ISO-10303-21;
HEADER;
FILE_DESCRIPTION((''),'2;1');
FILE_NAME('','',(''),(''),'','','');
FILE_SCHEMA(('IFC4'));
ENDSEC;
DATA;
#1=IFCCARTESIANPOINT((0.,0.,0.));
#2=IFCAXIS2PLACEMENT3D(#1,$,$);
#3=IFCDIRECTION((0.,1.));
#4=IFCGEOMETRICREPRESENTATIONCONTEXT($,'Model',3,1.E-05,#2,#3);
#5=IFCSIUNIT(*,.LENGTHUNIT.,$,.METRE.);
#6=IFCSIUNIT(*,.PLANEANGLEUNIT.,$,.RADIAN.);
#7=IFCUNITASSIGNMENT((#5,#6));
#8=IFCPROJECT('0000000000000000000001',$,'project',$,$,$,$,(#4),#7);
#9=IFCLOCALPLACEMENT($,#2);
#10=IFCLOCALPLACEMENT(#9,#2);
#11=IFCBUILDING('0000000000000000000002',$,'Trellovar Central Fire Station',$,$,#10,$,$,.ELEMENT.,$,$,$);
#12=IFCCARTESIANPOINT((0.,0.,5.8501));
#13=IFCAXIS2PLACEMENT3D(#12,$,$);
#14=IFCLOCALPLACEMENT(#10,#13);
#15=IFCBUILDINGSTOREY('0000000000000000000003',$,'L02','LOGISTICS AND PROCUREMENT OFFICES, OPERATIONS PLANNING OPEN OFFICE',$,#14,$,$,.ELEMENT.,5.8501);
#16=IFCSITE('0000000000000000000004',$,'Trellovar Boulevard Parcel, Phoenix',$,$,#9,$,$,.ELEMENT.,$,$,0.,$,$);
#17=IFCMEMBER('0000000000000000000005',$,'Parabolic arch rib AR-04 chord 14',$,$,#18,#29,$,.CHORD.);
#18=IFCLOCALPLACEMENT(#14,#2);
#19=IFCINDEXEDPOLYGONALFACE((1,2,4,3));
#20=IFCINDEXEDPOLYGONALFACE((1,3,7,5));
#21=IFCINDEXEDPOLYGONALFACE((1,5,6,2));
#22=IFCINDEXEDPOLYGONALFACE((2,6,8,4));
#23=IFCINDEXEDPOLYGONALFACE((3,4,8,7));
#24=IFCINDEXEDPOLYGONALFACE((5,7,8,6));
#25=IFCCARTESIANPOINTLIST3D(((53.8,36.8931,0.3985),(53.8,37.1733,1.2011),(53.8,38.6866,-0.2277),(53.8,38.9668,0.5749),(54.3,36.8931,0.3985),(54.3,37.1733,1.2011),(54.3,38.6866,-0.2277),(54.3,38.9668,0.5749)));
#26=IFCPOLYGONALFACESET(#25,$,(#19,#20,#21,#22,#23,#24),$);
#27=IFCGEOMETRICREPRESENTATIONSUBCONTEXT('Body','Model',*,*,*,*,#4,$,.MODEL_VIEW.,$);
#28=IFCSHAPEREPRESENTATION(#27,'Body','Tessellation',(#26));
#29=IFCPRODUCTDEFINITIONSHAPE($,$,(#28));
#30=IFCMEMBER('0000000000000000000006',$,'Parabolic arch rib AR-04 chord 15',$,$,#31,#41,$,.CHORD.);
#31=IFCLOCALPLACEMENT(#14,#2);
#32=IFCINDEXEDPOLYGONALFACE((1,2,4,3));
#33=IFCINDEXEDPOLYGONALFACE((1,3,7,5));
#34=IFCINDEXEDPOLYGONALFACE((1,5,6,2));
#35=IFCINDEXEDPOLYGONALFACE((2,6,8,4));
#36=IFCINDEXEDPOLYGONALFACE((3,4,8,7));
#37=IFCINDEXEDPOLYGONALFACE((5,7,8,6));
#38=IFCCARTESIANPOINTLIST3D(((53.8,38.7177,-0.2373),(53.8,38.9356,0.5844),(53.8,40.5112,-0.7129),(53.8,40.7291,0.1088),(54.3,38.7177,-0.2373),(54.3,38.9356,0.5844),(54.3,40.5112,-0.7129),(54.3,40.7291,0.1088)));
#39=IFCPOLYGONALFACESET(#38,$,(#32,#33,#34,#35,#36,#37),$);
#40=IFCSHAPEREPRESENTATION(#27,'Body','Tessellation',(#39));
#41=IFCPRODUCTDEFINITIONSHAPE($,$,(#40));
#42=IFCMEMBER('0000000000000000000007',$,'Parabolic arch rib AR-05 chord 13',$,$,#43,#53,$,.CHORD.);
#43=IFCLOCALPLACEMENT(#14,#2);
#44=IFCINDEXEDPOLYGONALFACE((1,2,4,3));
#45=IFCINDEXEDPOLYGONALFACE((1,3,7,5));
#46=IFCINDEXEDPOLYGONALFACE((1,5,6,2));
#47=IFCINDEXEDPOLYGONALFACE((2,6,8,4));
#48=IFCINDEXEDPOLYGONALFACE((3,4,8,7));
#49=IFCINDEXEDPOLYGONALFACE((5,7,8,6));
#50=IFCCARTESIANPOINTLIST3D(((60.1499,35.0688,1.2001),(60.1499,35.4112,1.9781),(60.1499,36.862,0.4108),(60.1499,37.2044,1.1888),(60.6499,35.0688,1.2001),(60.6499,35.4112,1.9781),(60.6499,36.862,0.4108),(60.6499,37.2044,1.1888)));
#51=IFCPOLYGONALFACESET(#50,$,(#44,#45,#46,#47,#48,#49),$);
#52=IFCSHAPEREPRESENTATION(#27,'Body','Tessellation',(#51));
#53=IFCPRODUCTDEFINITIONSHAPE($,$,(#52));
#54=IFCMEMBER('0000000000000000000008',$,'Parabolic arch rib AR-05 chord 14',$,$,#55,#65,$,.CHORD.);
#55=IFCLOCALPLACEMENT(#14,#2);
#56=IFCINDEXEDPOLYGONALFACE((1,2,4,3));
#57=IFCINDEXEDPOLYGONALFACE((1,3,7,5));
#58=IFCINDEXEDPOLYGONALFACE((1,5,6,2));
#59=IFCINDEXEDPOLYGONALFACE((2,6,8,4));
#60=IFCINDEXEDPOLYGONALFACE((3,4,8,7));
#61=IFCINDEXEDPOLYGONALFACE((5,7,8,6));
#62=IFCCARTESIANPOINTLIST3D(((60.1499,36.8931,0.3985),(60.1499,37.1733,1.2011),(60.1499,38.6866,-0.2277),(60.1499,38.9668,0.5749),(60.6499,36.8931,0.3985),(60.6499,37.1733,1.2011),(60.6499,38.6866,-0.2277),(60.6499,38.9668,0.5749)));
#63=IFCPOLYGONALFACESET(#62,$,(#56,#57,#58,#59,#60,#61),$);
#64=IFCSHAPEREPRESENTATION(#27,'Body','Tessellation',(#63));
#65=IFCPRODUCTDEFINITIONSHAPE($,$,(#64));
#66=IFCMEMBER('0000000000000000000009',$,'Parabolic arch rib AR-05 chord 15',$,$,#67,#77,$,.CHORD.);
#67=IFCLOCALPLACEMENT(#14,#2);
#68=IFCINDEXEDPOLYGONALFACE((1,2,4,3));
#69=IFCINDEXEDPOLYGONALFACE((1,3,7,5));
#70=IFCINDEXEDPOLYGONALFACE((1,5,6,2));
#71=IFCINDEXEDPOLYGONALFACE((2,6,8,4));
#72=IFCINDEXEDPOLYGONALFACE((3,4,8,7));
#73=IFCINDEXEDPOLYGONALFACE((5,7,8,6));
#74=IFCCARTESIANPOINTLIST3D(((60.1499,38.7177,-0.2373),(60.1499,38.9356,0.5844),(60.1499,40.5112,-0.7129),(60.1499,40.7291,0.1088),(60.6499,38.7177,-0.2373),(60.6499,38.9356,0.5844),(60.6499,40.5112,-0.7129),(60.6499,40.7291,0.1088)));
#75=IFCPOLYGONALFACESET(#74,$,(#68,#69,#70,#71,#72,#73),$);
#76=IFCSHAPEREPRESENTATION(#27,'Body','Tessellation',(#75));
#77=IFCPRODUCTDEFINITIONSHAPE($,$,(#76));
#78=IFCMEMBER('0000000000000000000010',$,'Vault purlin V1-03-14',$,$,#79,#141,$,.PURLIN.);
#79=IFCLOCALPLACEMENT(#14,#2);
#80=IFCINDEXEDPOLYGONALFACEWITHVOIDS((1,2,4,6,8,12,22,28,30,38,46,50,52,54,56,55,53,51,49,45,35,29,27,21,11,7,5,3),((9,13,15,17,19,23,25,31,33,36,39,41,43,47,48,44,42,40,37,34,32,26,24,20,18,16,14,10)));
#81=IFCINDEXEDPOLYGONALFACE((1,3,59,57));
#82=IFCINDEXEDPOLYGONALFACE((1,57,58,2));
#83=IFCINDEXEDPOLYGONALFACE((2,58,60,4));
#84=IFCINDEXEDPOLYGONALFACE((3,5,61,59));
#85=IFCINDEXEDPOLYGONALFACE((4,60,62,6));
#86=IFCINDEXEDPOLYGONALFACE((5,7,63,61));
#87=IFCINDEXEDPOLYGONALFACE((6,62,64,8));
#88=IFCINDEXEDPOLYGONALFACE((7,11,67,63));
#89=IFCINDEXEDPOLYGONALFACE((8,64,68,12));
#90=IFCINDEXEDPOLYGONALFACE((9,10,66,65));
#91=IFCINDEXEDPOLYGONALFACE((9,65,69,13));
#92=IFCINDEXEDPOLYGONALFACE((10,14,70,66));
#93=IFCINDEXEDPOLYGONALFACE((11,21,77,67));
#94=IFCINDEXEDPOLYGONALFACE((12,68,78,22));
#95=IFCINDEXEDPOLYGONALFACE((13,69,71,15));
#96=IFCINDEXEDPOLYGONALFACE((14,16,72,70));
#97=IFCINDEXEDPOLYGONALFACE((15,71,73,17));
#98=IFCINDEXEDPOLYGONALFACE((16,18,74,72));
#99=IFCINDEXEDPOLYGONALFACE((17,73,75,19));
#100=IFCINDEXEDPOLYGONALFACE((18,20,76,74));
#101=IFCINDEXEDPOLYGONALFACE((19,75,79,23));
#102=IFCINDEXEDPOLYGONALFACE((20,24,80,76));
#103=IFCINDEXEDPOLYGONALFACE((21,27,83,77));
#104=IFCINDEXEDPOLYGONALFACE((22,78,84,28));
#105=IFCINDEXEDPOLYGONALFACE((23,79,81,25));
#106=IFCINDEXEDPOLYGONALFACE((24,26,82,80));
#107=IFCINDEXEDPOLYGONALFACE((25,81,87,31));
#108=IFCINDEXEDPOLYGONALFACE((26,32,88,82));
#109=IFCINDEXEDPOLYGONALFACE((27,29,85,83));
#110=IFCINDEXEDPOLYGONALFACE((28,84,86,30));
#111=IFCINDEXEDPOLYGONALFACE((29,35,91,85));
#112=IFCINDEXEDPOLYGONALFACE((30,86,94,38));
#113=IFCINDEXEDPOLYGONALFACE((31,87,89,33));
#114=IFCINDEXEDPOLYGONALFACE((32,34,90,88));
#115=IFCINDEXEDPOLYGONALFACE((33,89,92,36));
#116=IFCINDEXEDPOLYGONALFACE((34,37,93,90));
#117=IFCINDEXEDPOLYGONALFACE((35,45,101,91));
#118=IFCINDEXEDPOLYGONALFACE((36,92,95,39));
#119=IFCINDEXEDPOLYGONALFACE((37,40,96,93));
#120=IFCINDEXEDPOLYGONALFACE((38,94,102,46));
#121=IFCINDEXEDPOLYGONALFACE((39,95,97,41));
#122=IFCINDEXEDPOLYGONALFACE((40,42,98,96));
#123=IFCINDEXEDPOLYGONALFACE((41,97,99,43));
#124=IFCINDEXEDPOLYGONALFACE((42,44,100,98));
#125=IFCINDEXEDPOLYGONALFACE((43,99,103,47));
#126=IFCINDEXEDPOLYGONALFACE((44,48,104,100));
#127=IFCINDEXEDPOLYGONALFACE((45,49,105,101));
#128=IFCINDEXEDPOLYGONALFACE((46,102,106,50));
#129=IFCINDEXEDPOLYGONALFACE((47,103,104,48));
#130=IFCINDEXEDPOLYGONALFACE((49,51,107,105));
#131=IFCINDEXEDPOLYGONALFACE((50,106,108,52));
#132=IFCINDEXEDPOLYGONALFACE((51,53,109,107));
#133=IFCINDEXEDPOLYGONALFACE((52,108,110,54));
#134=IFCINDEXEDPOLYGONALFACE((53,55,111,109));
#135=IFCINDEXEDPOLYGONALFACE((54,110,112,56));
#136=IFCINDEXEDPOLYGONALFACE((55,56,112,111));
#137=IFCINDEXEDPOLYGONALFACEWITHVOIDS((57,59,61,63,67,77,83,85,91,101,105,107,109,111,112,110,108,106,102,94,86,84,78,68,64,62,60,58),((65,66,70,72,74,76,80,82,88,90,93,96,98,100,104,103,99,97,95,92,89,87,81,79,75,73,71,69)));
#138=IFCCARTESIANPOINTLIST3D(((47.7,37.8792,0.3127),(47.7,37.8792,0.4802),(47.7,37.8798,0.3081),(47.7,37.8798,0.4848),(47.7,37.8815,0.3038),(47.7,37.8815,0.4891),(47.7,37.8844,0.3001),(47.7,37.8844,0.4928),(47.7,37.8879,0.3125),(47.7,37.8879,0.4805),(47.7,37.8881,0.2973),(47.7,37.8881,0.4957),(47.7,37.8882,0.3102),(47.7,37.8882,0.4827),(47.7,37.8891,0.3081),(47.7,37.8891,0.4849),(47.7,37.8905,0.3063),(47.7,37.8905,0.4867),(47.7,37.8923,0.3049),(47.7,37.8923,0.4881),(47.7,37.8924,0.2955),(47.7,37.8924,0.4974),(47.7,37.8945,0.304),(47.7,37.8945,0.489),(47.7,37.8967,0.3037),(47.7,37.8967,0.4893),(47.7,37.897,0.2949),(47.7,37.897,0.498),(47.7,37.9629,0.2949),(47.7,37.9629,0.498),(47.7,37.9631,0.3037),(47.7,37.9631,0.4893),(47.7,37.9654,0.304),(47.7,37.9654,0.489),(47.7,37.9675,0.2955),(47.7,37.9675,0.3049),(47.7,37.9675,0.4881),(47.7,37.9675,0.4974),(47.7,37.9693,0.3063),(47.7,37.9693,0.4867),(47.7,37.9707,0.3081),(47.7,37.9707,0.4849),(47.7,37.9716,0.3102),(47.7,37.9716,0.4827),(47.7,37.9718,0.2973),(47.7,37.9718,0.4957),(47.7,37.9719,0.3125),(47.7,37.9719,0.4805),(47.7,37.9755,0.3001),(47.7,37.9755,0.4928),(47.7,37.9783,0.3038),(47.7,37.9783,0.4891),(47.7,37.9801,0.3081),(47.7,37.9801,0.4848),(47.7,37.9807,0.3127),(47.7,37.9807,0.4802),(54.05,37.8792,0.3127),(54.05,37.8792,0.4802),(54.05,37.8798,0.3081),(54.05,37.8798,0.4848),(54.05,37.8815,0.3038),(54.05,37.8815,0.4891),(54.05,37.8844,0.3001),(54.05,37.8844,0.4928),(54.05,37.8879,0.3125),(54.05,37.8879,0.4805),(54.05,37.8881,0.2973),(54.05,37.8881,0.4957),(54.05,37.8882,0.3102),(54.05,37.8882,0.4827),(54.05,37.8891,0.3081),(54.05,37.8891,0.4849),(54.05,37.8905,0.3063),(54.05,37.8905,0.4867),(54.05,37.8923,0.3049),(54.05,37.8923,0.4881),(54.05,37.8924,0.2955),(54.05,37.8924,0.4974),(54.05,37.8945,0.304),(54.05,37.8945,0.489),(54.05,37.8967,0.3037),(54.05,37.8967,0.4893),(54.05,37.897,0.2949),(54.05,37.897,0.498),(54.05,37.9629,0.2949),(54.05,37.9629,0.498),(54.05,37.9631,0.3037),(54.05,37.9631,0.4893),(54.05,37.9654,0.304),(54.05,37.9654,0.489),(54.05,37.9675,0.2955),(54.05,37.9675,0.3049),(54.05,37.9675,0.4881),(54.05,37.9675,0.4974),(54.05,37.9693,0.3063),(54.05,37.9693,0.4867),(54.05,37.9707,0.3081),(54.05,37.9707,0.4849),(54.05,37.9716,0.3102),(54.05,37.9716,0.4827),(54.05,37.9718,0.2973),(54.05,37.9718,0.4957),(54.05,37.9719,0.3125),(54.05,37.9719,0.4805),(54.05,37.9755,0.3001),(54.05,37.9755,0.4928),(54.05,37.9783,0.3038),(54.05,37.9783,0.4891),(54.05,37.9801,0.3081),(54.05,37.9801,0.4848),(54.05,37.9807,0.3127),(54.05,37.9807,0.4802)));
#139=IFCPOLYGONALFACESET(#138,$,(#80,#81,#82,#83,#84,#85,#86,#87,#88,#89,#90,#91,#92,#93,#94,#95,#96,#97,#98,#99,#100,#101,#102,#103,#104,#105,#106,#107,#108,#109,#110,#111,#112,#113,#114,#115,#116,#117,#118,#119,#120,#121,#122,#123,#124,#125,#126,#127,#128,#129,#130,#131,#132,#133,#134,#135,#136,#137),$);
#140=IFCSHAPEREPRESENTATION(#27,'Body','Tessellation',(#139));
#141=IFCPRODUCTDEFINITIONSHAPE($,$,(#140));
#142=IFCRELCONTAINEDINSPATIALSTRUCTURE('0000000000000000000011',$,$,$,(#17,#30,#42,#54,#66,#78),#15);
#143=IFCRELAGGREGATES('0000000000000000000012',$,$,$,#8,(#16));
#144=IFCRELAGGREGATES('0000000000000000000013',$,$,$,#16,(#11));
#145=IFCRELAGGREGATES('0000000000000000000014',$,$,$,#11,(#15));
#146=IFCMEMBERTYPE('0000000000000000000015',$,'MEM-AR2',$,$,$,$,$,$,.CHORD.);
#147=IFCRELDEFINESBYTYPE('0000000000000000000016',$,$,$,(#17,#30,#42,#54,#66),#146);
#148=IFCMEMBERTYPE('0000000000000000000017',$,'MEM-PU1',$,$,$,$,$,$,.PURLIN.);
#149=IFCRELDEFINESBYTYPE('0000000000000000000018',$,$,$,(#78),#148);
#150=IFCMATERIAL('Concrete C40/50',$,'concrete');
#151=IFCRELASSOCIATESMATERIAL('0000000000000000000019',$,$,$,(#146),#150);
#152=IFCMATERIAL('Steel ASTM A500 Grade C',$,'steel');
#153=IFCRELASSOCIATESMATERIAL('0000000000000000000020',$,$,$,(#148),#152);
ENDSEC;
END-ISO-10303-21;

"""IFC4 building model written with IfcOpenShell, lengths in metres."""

from ifc_helpers import new_model, si_unit, direction, frame, origin, origin_2d, place, context, subcontext, project, spatial, rectangle, hollow_rectangle, extrude, material, material_profile, profile_set, type_object, element, save


model = new_model("IFC4")

# Units and contexts
model_context = context("Model", 3, precision=1e-05, world=origin(), true_north=direction((0.0, 1.0)))
body_context = subcontext(model_context, "Body", "Model", "MODEL_VIEW")
ifc_project = project(units=[si_unit("LENGTHUNIT", "METRE"), si_unit("PLANEANGLEUNIT", "RADIAN")], contexts=[model_context])

# Site, building, storey
site_placement = place(None, origin())
site = spatial("IfcSite", under=ifc_project, at=site_placement, Name="Trellovar Boulevard Parcel, Phoenix", CompositionType="ELEMENT", RefElevation=0.0)
building_placement = place(site_placement, origin())
building = spatial("IfcBuilding", under=site, at=building_placement, Name="Trellovar Central Fire Station", CompositionType="ELEMENT")
storey_placement = place(building_placement, frame((0.0, 0.0, 5.8501)))
storey = spatial("IfcBuildingStorey", under=building, at=storey_placement, Name="L02", Description="LOGISTICS AND PROCUREMENT OFFICES, OPERATIONS PLANNING OPEN OFFICE", CompositionType="ELEMENT", Elevation=5.8501)

# Members
ifc_material_1 = material(Name="Concrete C40/50", Category="concrete")
ifc_material_profile_1 = material_profile(ifc_material_1, rectangle(XDim=0.5, YDim=0.8501, at=origin_2d()), Name="RC500X850")
ifc_profile_set_1 = profile_set([ifc_material_profile_1], Name="Concrete C40/50")
member_type_1 = type_object("IfcMemberType", Name="MEM-AR2", PredefinedType="CHORD", material=ifc_profile_set_1)
member_1_placement = place(storey_placement, frame((54.05, 37.0332, 0.7998), z_axis=(0.0, 0.944103, -0.329652), x_axis=(-1.0, 0.0, 0.0)))
element("IfcMember", 1, at=member_1_placement, inside=storey, type_object=member_type_1, Name="Parabolic arch rib AR-04 chord 14", PredefinedType="CHORD", context=body_context, shape_type="SweptSolid", body=[
    extrude(rectangle(XDim=0.5, YDim=0.8501, at=origin_2d()), origin(), (0.0, 0.0, 1.0), 1.8997),
])
member_2_placement = place(storey_placement, frame((54.05, 38.8267, 0.1736), z_axis=(0.0, 0.966592, -0.256319), x_axis=(-1.0, 0.0, 0.0)))
element("IfcMember", 2, at=member_2_placement, inside=storey, type_object=member_type_1, Name="Parabolic arch rib AR-04 chord 15", PredefinedType="CHORD", context=body_context, shape_type="SweptSolid", body=[
    extrude(rectangle(XDim=0.5, YDim=0.8501, at=origin_2d()), origin(), (0.0, 0.0, 1.0), 1.8555),
])
member_3_placement = place(storey_placement, frame((60.3999, 35.24, 1.5891), z_axis=(0.0, 0.91526, -0.402864), x_axis=(-1.0, 0.0, 0.0)))
element("IfcMember", 3, at=member_3_placement, inside=storey, type_object=member_type_1, Name="Parabolic arch rib AR-05 chord 13", PredefinedType="CHORD", context=body_context, shape_type="SweptSolid", body=[
    extrude(rectangle(XDim=0.5, YDim=0.8501, at=origin_2d()), origin(), (0.0, 0.0, 1.0), 1.9592),
])
member_4_placement = place(storey_placement, frame((60.3999, 37.0332, 0.7998), z_axis=(0.0, 0.944103, -0.329652), x_axis=(-1.0, 0.0, 0.0)))
element("IfcMember", 4, at=member_4_placement, inside=storey, type_object=member_type_1, Name="Parabolic arch rib AR-05 chord 14", PredefinedType="CHORD", context=body_context, shape_type="SweptSolid", body=[
    extrude(rectangle(XDim=0.5, YDim=0.8501, at=origin_2d()), origin(), (0.0, 0.0, 1.0), 1.8997),
])
member_5_placement = place(storey_placement, frame((60.3999, 38.8267, 0.1736), z_axis=(0.0, 0.966592, -0.256319), x_axis=(-1.0, 0.0, 0.0)))
element("IfcMember", 5, at=member_5_placement, inside=storey, type_object=member_type_1, Name="Parabolic arch rib AR-05 chord 15", PredefinedType="CHORD", context=body_context, shape_type="SweptSolid", body=[
    extrude(rectangle(XDim=0.5, YDim=0.8501, at=origin_2d()), origin(), (0.0, 0.0, 1.0), 1.8555),
])
ifc_material_2 = material(Name="Steel ASTM A500 Grade C", Category="steel")
ifc_material_profile_2 = material_profile(ifc_material_2, hollow_rectangle(XDim=0.1016, YDim=0.2031, WallThickness=0.0088, InnerFilletRadius=0.0088, OuterFilletRadius=0.0178, at=origin_2d()), Name="HSS8X4X3/8")
ifc_profile_set_2 = profile_set([ifc_material_profile_2], Name="Steel ASTM A500 Grade C")
member_type_2 = type_object("IfcMemberType", Name="MEM-PU1", PredefinedType="PURLIN", material=ifc_profile_set_2)
for number, where, z_axis, x_axis, name in (
    (6, (47.7, 37.9299, 0.3965), (1.0, 0.0, 0.0), (0.0, 1.0, 0.0), "Vault purlin V1-03-14"),
):
    element("IfcMember", number, at=place(storey_placement, frame(where, z_axis=z_axis, x_axis=x_axis)), inside=storey, type_object=member_type_2, Name=name, PredefinedType="PURLIN", context=body_context, shape_type="SweptSolid", body=[
        extrude(hollow_rectangle(XDim=0.1016, YDim=0.2031, WallThickness=0.0088, InnerFilletRadius=0.0088, OuterFilletRadius=0.0178, at=origin_2d()), origin(), (0.0, 0.0, 1.0), 6.3501),
    ])

save(model, "model.ifc")
